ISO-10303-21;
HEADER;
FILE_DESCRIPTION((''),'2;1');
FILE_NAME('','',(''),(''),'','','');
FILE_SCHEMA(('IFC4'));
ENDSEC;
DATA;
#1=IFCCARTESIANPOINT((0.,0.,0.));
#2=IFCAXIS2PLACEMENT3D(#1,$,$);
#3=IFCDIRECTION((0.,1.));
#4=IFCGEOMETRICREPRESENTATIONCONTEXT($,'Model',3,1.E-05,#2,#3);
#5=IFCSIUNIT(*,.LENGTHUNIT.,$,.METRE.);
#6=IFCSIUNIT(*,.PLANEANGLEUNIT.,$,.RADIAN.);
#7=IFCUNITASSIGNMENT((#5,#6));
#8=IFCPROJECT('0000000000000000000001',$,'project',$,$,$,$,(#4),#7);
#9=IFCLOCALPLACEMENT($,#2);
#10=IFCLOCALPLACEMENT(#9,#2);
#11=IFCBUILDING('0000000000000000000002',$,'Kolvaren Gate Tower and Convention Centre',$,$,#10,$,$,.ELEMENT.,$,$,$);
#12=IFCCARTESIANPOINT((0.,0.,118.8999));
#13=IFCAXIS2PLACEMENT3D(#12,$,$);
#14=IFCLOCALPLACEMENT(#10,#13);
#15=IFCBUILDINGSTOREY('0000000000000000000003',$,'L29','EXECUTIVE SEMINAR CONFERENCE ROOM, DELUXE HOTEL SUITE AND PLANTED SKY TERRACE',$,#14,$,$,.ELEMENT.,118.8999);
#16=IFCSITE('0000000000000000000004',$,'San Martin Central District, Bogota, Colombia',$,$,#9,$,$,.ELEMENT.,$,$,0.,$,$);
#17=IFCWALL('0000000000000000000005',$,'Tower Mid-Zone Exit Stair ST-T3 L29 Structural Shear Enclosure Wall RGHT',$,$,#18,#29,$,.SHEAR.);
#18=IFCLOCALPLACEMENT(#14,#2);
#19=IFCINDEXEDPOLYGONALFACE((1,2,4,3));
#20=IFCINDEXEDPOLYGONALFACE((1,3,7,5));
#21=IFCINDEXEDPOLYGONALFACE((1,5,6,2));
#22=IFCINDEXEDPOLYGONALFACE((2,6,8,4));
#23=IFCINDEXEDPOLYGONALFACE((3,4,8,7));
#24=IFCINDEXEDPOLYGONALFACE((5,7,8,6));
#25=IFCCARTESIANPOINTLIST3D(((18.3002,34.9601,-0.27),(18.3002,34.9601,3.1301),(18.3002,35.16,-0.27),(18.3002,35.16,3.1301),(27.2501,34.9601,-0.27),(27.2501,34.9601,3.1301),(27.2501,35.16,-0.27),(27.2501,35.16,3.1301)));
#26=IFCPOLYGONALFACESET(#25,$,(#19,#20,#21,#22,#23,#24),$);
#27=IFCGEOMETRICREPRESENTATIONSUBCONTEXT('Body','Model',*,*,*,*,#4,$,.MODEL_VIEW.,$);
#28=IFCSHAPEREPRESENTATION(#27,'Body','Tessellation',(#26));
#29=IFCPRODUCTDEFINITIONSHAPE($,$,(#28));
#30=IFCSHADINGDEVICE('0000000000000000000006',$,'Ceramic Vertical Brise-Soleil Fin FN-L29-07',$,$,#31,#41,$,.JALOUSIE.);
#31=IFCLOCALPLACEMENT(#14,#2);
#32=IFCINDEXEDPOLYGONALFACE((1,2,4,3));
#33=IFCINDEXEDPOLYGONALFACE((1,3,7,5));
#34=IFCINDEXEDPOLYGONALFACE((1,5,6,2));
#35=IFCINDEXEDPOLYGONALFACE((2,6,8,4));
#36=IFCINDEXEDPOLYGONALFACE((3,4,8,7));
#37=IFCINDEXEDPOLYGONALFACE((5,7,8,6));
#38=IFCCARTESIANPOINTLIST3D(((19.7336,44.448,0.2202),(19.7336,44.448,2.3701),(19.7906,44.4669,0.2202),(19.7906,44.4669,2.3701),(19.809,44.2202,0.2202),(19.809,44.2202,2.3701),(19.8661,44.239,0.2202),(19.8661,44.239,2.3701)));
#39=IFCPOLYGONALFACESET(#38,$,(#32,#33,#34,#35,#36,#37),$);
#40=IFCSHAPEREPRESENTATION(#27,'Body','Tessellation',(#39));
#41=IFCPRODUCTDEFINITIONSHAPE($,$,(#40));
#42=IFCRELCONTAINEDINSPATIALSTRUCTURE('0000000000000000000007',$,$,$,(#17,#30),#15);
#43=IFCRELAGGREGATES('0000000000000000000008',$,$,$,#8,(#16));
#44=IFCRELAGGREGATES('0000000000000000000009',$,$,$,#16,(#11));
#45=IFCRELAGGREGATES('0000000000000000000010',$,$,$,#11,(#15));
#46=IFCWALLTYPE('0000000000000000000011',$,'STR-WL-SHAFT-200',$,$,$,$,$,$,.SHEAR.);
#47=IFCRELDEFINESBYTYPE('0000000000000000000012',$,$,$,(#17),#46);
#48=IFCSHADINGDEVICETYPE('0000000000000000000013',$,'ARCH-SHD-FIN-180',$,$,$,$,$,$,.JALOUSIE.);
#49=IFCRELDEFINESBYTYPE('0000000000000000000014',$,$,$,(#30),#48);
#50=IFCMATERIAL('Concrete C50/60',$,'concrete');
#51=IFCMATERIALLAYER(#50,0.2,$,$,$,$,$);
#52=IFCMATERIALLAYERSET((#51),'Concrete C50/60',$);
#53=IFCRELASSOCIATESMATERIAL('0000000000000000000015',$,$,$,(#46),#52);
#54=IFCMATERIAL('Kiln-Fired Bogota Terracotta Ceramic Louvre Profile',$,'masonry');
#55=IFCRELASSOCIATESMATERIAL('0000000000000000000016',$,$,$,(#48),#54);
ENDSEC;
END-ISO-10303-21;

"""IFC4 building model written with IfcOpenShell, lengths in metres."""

from ifc_helpers import new_model, si_unit, direction, frame, frame_2d, origin, origin_2d, place, context, subcontext, project, spatial, rectangle, extrude, material, layer, layer_set, type_object, element, save


model = new_model("IFC4")

# Units and contexts
model_context = context("Model", 3, precision=1e-05, world=origin(), true_north=direction((0.0, 1.0)))
body_context = subcontext(model_context, "Body", "Model", "MODEL_VIEW")
ifc_project = project(units=[si_unit("LENGTHUNIT", "METRE"), si_unit("PLANEANGLEUNIT", "RADIAN")], contexts=[model_context])

# Site, building, storey
site_placement = place(None, origin())
site = spatial("IfcSite", under=ifc_project, at=site_placement, Name="San Martin Central District, Bogota, Colombia", CompositionType="ELEMENT", RefElevation=0.0)
building_placement = place(site_placement, origin())
building = spatial("IfcBuilding", under=site, at=building_placement, Name="Kolvaren Gate Tower and Convention Centre", CompositionType="ELEMENT")
storey_placement = place(building_placement, frame((0.0, 0.0, 118.8999)))
storey = spatial("IfcBuildingStorey", under=building, at=storey_placement, Name="L29", Description="EXECUTIVE SEMINAR CONFERENCE ROOM, DELUXE HOTEL SUITE AND PLANTED SKY TERRACE", CompositionType="ELEMENT", Elevation=118.8999)

# Wall
ifc_material_1 = material(Name="Concrete C50/60", Category="concrete")
ifc_layer_1 = layer(ifc_material_1, 0.2)
ifc_layer_set_1 = layer_set([ifc_layer_1], Name="Concrete C50/60")
wall_type_1 = type_object("IfcWallType", Name="STR-WL-SHAFT-200", PredefinedType="SHEAR", material=ifc_layer_set_1)
for number, where, z_axis, x_axis, name in (
    (1, (18.3, 35.0601, -0.27), (0.0, 0.0, 1.0), (1.0, 0.0, 0.0), "Tower Mid-Zone Exit Stair ST-T3 L29 Structural Shear Enclosure Wall RGHT"),
):
    element("IfcWall", number, at=place(storey_placement, frame(where, z_axis=z_axis, x_axis=x_axis)), inside=storey, type_object=wall_type_1, Name=name, PredefinedType="SHEAR", context=body_context, shape_type="SweptSolid", body=[
        extrude(rectangle(XDim=8.95, YDim=0.2, at=frame_2d((4.4751, 0.0))), origin(), (0.0, 0.0, 1.0), 3.4001),
    ])

# Shading device
ifc_material_2 = material(Name="Kiln-Fired Bogota Terracotta Ceramic Louvre Profile", Category="masonry")
shading_device_type = type_object("IfcShadingDeviceType", Name="ARCH-SHD-FIN-180", PredefinedType="JALOUSIE", material=ifc_material_2)
shading_device_placement = place(storey_placement, frame((19.7998, 44.3435, 0.2202), z_axis=(0.0, 0.0, 1.0), x_axis=(0.949238, 0.314557, 0.0)))
element("IfcShadingDevice", 2, at=shading_device_placement, inside=storey, type_object=shading_device_type, Name="Ceramic Vertical Brise-Soleil Fin FN-L29-07", PredefinedType="JALOUSIE", context=body_context, shape_type="SweptSolid", body=[
    extrude(rectangle(XDim=0.0601, YDim=0.24, at=origin_2d()), origin(), (0.0, 0.0, 1.0), 2.1499),
])

save(model, "model.ifc")
